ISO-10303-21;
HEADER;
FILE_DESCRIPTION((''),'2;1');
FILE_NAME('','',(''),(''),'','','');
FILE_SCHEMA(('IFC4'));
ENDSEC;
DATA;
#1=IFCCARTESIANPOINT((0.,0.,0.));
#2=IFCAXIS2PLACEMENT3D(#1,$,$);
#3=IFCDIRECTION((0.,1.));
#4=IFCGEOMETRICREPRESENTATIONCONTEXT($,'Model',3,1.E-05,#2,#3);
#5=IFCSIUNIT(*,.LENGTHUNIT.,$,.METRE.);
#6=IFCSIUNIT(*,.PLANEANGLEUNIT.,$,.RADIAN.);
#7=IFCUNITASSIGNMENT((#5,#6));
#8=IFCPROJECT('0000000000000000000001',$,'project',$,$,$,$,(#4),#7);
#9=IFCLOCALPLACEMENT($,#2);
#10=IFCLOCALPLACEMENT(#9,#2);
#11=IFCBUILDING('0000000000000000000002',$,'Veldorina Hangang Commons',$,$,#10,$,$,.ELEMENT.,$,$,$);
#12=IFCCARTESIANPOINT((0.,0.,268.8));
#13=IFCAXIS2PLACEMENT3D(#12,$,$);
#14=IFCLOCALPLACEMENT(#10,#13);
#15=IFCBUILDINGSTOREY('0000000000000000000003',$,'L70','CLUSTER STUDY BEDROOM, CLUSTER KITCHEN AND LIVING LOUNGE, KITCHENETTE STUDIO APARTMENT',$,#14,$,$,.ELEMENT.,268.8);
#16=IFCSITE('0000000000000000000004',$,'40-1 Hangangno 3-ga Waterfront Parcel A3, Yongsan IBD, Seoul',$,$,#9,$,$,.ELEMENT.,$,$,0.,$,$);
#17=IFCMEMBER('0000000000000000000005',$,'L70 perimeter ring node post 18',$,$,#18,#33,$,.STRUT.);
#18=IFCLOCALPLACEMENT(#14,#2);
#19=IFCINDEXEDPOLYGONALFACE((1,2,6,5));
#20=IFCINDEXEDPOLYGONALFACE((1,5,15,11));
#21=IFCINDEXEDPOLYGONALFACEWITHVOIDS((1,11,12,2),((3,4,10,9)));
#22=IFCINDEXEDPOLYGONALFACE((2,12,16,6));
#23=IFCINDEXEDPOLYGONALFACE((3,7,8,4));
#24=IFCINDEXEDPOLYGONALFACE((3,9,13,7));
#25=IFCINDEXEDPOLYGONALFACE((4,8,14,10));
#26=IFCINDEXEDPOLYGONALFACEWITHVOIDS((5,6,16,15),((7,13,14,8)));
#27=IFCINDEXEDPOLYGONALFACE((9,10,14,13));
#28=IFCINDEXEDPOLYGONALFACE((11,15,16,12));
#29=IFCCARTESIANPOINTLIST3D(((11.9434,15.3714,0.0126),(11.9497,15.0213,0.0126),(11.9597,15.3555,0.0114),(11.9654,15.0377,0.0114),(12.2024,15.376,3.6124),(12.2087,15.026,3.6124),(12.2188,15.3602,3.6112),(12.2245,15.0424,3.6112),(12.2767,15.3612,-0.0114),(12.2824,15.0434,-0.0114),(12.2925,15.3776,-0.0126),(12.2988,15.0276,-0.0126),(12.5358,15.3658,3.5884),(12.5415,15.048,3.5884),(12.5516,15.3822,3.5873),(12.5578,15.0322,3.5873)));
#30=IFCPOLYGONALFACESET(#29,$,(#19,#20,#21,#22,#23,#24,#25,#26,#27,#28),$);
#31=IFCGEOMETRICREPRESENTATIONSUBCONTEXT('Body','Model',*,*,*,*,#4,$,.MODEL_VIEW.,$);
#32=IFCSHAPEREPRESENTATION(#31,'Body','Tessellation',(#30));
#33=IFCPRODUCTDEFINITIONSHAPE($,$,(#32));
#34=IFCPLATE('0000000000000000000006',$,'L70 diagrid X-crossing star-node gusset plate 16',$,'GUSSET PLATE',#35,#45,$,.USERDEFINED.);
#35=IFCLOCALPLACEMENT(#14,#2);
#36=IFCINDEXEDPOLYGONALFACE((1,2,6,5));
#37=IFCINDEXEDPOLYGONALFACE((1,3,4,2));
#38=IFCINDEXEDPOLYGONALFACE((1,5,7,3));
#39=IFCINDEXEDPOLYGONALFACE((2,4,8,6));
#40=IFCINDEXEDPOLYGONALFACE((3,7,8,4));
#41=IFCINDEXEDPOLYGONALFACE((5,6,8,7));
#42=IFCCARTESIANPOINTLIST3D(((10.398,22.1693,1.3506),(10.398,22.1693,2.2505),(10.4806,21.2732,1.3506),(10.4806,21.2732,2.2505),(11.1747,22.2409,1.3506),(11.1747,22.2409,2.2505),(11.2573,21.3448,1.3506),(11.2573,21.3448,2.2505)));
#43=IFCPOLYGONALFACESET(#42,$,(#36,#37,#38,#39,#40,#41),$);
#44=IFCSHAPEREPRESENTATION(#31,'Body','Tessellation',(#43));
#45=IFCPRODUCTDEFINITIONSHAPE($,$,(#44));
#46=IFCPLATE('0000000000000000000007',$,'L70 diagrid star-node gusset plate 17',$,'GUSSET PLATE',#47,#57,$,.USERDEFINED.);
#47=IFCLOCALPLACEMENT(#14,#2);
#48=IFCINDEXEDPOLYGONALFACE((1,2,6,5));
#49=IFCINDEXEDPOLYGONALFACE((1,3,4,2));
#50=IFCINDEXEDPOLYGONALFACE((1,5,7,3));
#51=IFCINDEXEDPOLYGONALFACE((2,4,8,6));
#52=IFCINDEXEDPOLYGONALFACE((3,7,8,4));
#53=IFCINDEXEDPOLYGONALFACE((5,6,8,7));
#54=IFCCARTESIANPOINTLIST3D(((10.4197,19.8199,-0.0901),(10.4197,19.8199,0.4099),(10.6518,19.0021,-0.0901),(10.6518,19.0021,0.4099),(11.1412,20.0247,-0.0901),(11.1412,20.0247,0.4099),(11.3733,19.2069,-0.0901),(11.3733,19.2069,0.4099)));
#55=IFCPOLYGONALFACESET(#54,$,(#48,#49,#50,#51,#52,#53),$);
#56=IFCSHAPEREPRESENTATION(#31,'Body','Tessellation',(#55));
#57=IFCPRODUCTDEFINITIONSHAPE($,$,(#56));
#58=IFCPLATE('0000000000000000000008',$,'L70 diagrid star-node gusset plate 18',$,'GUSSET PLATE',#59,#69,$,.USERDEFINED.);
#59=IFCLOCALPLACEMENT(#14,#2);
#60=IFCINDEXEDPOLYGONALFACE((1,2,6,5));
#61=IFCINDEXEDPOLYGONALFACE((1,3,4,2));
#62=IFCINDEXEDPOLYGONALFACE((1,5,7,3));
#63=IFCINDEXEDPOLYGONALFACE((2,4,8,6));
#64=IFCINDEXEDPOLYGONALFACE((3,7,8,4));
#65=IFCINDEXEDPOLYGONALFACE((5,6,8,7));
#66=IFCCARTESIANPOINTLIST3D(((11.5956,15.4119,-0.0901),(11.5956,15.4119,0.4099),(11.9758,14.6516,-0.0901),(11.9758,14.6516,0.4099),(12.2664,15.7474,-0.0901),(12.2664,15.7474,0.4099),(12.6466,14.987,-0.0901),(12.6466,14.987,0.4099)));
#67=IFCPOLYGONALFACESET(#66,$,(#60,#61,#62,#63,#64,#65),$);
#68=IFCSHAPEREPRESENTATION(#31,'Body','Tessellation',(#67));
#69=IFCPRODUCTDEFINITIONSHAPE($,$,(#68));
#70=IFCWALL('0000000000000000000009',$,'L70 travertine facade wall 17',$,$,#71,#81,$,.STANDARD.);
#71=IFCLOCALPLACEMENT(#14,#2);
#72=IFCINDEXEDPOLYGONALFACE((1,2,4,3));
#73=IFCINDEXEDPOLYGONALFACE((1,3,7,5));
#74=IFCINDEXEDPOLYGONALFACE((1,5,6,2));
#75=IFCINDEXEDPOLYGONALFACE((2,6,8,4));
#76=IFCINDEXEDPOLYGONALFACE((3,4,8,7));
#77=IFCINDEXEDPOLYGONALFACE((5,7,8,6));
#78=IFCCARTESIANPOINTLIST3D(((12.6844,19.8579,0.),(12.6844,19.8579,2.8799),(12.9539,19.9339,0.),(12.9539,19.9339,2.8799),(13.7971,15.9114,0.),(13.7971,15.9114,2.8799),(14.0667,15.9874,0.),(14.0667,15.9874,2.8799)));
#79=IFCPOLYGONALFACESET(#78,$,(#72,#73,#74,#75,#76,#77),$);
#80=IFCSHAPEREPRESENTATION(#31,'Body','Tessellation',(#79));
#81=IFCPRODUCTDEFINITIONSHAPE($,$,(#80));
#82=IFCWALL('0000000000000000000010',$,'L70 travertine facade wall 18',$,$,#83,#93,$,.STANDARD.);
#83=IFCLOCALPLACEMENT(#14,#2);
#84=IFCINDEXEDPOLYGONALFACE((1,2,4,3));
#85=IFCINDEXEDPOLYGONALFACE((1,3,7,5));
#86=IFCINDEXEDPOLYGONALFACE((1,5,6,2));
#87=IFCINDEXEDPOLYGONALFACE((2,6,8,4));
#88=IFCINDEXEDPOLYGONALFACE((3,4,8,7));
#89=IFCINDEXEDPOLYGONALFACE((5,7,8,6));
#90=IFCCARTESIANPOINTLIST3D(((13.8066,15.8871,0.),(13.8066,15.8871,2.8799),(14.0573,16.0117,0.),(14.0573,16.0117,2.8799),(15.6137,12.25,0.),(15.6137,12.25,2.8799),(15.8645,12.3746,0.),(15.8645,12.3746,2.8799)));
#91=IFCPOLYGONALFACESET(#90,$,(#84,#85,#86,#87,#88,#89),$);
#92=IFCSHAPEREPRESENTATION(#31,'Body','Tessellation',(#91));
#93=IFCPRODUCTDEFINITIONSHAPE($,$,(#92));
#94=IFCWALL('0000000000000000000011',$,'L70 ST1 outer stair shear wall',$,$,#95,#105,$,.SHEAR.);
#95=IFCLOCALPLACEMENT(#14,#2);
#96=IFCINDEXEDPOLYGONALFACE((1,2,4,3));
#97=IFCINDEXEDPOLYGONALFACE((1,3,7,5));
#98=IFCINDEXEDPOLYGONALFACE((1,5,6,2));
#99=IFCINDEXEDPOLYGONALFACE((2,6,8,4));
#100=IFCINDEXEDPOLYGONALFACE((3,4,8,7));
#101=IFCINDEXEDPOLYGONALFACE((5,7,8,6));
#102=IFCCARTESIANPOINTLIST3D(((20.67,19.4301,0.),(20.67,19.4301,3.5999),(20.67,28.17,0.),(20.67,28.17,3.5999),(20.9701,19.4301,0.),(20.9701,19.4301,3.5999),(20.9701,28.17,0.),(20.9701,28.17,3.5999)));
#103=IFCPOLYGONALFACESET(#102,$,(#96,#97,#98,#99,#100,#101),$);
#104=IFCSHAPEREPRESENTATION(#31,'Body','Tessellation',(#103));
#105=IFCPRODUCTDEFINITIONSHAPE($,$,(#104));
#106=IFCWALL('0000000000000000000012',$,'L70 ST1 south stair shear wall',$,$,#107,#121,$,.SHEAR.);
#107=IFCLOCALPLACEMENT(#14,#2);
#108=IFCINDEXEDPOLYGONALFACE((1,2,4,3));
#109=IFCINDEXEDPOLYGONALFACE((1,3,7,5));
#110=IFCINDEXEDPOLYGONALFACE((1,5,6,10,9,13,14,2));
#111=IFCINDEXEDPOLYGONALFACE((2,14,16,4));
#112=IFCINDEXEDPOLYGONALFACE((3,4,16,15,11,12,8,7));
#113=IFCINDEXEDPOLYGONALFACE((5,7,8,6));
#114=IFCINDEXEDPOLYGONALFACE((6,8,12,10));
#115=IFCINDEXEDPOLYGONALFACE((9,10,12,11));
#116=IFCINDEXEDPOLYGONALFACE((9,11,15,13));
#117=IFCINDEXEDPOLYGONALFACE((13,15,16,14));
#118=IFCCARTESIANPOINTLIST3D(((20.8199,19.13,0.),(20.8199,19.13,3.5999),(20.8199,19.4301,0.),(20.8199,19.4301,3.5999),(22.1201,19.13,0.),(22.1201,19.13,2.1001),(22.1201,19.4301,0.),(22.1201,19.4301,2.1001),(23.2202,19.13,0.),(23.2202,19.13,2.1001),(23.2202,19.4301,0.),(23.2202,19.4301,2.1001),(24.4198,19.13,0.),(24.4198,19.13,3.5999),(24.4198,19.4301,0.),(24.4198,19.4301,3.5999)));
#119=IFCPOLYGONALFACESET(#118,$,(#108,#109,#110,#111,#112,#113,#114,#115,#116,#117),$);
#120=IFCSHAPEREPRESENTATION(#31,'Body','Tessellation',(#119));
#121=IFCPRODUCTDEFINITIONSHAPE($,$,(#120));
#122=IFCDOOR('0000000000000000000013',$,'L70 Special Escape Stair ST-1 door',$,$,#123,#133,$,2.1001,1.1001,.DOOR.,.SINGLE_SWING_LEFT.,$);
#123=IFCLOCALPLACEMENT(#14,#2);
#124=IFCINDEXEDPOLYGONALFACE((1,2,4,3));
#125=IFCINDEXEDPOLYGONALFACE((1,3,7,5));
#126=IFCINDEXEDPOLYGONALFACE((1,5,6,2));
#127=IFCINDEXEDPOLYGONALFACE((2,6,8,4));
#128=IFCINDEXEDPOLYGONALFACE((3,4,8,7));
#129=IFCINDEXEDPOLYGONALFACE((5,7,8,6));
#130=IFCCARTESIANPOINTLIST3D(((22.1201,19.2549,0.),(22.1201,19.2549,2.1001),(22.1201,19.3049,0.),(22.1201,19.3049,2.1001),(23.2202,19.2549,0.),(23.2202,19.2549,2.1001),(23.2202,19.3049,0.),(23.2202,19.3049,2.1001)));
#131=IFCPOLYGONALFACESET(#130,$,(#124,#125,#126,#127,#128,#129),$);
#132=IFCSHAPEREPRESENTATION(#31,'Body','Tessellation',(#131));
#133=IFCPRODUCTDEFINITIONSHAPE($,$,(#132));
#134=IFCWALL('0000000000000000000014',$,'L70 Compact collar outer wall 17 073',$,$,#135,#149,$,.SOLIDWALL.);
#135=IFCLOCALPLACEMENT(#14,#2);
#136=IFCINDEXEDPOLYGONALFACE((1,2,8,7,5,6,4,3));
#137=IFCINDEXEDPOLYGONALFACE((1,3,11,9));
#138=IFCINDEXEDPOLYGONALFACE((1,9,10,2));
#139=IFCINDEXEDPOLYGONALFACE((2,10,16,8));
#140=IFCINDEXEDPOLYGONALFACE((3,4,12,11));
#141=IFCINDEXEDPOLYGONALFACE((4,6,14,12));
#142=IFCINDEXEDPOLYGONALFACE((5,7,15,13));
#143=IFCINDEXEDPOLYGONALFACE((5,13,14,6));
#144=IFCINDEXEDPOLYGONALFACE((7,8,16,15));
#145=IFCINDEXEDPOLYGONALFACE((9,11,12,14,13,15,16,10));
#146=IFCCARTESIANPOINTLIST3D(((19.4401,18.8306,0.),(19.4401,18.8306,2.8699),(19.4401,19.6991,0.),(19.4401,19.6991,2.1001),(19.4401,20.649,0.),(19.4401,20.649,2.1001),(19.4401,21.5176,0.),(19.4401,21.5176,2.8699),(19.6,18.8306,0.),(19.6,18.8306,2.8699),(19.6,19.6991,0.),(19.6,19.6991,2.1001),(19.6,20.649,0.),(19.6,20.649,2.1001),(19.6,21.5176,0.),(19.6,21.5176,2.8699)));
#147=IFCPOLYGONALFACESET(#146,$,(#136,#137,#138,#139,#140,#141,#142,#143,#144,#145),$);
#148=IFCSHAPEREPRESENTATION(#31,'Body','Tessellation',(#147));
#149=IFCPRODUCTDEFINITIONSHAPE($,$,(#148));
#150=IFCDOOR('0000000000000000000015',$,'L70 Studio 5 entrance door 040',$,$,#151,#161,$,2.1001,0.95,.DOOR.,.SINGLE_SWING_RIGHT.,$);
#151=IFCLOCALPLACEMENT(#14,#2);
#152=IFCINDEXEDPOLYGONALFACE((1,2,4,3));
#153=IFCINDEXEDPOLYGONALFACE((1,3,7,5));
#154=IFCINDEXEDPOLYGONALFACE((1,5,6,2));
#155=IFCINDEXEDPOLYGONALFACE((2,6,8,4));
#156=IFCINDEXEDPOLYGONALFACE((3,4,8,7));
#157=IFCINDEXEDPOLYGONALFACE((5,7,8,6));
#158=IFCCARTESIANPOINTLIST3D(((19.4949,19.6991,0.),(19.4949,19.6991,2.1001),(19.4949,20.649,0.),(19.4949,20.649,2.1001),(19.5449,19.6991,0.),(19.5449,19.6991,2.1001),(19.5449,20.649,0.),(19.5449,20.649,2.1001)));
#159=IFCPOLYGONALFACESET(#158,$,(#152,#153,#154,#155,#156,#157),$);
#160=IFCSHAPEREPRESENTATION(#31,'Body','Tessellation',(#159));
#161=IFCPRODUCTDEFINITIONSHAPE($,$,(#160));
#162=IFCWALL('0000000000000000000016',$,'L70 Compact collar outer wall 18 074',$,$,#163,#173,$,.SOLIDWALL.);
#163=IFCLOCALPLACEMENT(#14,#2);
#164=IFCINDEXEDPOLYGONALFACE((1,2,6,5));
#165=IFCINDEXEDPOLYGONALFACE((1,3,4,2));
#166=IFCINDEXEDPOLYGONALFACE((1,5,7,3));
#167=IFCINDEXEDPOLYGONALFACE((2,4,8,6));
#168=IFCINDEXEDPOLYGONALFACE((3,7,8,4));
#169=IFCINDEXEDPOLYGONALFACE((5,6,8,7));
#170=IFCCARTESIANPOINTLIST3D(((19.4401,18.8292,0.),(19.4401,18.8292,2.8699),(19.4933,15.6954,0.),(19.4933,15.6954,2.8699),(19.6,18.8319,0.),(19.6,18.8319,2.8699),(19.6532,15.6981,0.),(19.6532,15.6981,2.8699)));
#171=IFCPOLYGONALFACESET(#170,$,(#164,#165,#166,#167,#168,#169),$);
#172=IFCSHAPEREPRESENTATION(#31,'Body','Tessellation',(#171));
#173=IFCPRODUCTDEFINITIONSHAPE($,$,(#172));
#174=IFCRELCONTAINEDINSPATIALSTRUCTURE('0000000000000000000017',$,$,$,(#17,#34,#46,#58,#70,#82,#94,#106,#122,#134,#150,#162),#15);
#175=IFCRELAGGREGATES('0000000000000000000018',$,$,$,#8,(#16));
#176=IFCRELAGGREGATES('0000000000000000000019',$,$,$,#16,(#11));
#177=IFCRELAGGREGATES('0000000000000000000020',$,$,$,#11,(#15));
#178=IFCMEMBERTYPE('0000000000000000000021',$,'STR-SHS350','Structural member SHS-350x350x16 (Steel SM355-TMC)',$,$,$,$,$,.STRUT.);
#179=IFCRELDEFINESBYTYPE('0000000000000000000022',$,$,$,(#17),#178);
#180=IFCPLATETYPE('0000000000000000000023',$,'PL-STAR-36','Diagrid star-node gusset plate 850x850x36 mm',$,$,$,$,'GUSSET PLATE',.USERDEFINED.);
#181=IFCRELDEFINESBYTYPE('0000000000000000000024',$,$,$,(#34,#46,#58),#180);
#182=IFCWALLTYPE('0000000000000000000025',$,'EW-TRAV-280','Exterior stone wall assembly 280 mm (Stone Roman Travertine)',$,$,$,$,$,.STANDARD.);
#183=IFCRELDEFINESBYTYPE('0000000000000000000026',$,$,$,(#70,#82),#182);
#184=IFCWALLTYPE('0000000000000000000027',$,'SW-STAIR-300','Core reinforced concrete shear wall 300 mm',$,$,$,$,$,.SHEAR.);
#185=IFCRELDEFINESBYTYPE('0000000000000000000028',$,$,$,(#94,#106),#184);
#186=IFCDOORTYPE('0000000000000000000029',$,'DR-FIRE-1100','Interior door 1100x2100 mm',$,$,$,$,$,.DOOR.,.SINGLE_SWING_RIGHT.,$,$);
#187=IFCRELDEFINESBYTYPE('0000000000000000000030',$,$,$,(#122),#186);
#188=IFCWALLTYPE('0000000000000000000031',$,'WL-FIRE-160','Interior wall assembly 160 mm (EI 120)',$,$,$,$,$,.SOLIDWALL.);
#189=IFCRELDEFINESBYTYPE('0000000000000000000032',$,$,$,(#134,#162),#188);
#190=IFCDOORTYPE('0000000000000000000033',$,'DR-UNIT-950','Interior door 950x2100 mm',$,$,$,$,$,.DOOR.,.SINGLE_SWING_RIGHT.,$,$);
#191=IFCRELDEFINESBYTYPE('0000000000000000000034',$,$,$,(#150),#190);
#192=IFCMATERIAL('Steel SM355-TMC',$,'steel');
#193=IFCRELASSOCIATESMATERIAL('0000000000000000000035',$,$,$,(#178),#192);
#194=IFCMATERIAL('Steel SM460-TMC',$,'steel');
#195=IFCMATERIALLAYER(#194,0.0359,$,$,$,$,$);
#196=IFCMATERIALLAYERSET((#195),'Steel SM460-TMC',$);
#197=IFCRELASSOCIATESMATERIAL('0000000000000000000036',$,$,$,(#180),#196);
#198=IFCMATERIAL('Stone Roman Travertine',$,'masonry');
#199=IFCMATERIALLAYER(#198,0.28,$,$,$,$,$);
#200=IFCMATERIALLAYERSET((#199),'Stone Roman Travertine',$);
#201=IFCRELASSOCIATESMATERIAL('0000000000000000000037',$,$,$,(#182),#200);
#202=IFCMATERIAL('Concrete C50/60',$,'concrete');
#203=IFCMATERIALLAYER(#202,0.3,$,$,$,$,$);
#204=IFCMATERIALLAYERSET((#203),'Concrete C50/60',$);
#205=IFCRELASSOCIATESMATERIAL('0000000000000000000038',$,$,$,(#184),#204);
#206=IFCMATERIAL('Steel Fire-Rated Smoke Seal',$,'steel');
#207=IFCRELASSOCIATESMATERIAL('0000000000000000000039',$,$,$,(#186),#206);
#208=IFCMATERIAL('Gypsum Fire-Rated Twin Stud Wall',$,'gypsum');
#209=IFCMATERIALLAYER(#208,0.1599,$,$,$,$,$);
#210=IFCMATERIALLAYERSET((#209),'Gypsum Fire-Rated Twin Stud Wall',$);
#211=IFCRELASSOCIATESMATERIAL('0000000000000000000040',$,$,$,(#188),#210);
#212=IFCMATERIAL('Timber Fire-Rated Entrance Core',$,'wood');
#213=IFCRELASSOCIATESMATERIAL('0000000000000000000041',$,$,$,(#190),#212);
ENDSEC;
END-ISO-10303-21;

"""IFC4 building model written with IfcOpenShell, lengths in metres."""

from ifc_helpers import new_model, si_unit, direction, frame, frame_2d, origin, origin_2d, place, context, subcontext, project, spatial, rectangle, hollow_rectangle, extrude, material, layer, layer_set, material_profile, profile_set, type_object, element, fill, save


model = new_model("IFC4")

# Units and contexts
model_context = context("Model", 3, precision=1e-05, world=origin(), true_north=direction((0.0, 1.0)))
body_context = subcontext(model_context, "Body", "Model", "MODEL_VIEW")
ifc_project = project(units=[si_unit("LENGTHUNIT", "METRE"), si_unit("PLANEANGLEUNIT", "RADIAN")], contexts=[model_context])

# Site, building, storey
site_placement = place(None, origin())
site = spatial("IfcSite", under=ifc_project, at=site_placement, Name="40-1 Hangangno 3-ga Waterfront Parcel A3, Yongsan IBD, Seoul", CompositionType="ELEMENT", RefElevation=0.0)
building_placement = place(site_placement, origin())
building = spatial("IfcBuilding", under=site, at=building_placement, Name="Veldorina Hangang Commons", CompositionType="ELEMENT")
storey_placement = place(building_placement, frame((0.0, 0.0, 268.8)))
storey = spatial("IfcBuildingStorey", under=building, at=storey_placement, Name="L70", Description="CLUSTER STUDY BEDROOM, CLUSTER KITCHEN AND LIVING LOUNGE, KITCHENETTE STUDIO APARTMENT", CompositionType="ELEMENT", Elevation=268.8)

# Shared definitions
ifc_material_1 = material(Name="Steel SM355-TMC", Category="steel")

# Member
ifc_material_profile_1 = material_profile(ifc_material_1, hollow_rectangle(XDim=0.3501, YDim=0.3501, WallThickness=0.0161, at=origin_2d()), Name="SHS-350x350x16")
ifc_profile_set_1 = profile_set([ifc_material_profile_1], Name="Steel SM355-TMC")
member_type_1 = type_object("IfcMemberType", Name="STR-SHS350", Description="Structural member SHS-350x350x16 (Steel SM355-TMC)", PredefinedType="STRUT", material=ifc_profile_set_1)
member_1_placement = place(storey_placement, frame((12.1211, 15.1995, 0.0), z_axis=(0.071771, 0.001285, 0.99742), x_axis=(-0.017905, 0.99984, 0.0)))
element("IfcMember", 1, at=member_1_placement, inside=storey, type_object=member_type_1, Name="L70 perimeter ring node post 18", PredefinedType="STRUT", context=body_context, shape_type="SweptSolid", body=[
    extrude(hollow_rectangle(XDim=0.3501, YDim=0.3501, WallThickness=0.0161, at=origin_2d()), origin(), (0.0, 0.0, 1.0), 3.6091),
])

# Plates
ifc_material_2 = material(Name="Steel SM460-TMC", Category="steel")
ifc_layer_1 = layer(ifc_material_2, 0.0359)
ifc_layer_set_1 = layer_set([ifc_layer_1], Name="Steel SM460-TMC")
plate_type = type_object("IfcPlateType", Name="PL-STAR-36", Description="Diagrid star-node gusset plate 850x850x36 mm", ElementType="GUSSET PLATE", PredefinedType="USERDEFINED", material=ifc_layer_set_1)
plate_placement = place(storey_placement, frame((10.8276, 21.7571, 1.3506), z_axis=(0.0, 0.0, 1.0), x_axis=(0.091762, -0.995781, 0.0)))
element("IfcPlate", 2, at=plate_placement, inside=storey, type_object=plate_type, Name="L70 diagrid X-crossing star-node gusset plate 16", ObjectType="GUSSET PLATE", PredefinedType="USERDEFINED", context=body_context, shape_type="SweptSolid", body=[
    extrude(rectangle(XDim=0.8999, YDim=0.78, at=origin_2d()), origin(), (0.0, 0.0, 1.0), 0.8999),
])
for number, where, z_axis, x_axis, name in (
    (3, (10.8965, 19.5134, -0.0901), (0.0, 0.0, 1.0), (0.273053, -0.961999, 0.0), "L70 diagrid star-node gusset plate 17"),
    (4, (12.1211, 15.1995, -0.0901), (0.0, 0.0, 1.0), (0.447291, -0.894389, 0.0), "L70 diagrid star-node gusset plate 18"),
):
    element("IfcPlate", number, at=place(storey_placement, frame(where, z_axis=z_axis, x_axis=x_axis)), inside=storey, type_object=plate_type, Name=name, ObjectType="GUSSET PLATE", PredefinedType="USERDEFINED", context=body_context, shape_type="SweptSolid", body=[
        extrude(rectangle(XDim=0.8501, YDim=0.75, at=origin_2d()), origin(), (0.0, 0.0, 1.0), 0.5),
    ])

# Walls
ifc_material_3 = material(Name="Stone Roman Travertine", Category="masonry")
ifc_layer_2 = layer(ifc_material_3, 0.28)
ifc_layer_set_2 = layer_set([ifc_layer_2], Name="Stone Roman Travertine")
wall_type_1 = type_object("IfcWallType", Name="EW-TRAV-280", Description="Exterior stone wall assembly 280 mm (Stone Roman Travertine)", PredefinedType="STANDARD", material=ifc_layer_set_2)
wall_1_placement = place(storey_placement, frame((12.8191, 19.896, 0.0), z_axis=(0.0, 0.0, 1.0), x_axis=(0.271385, -0.962471, 0.0)))
element("IfcWall", 5, at=wall_1_placement, inside=storey, type_object=wall_type_1, Name="L70 travertine facade wall 17", PredefinedType="STANDARD", context=body_context, shape_type="SweptSolid", body=[
    extrude(rectangle(XDim=4.1003, YDim=0.28, at=frame_2d((2.0503, 0.0))), origin(), (0.0, 0.0, 1.0), 2.8799),
])
wall_2_placement = place(storey_placement, frame((13.9319, 15.9495, 0.0), z_axis=(0.0, 0.0, 1.0), x_axis=(0.444976, -0.895543, 0.0)))
element("IfcWall", 6, at=wall_2_placement, inside=storey, type_object=wall_type_1, Name="L70 travertine facade wall 18", PredefinedType="STANDARD", context=body_context, shape_type="SweptSolid", body=[
    extrude(rectangle(XDim=4.0613, YDim=0.28, at=frame_2d((2.0308, 0.0))), origin(), (0.0, 0.0, 1.0), 2.8799),
])
ifc_material_4 = material(Name="Concrete C50/60", Category="concrete")
ifc_layer_3 = layer(ifc_material_4, 0.3)
ifc_layer_set_3 = layer_set([ifc_layer_3], Name="Concrete C50/60")
wall_type_2 = type_object("IfcWallType", Name="SW-STAIR-300", Description="Core reinforced concrete shear wall 300 mm", PredefinedType="SHEAR", material=ifc_layer_set_3)
wall_3_placement = place(storey_placement, frame((20.8201, 19.4299, 0.0), z_axis=(0.0, 0.0, 1.0), x_axis=(0.0, 1.0, 0.0)))
element("IfcWall", 7, at=wall_3_placement, inside=storey, type_object=wall_type_2, Name="L70 ST1 outer stair shear wall", PredefinedType="SHEAR", context=body_context, shape_type="SweptSolid", body=[
    extrude(rectangle(XDim=8.74, YDim=0.3, at=frame_2d((4.3701, 0.0))), origin(), (0.0, 0.0, 1.0), 3.5999),
])

# Walls, openings, doors
wall_4_placement = place(storey_placement, frame((20.8201, 19.28, 0.0), z_axis=(0.0, 0.0, 1.0), x_axis=(1.0, 0.0, 0.0)))
wall_4 = element("IfcWall", 8, at=wall_4_placement, inside=storey, type_object=wall_type_2, Name="L70 ST1 south stair shear wall", PredefinedType="SHEAR", context=body_context, shape_type="SweptSolid", body=[
    extrude(rectangle(XDim=3.5999, YDim=0.3, at=frame_2d((1.7998, 0.0))), origin(), (0.0, 0.0, 1.0), 3.5999),
])
opening_1_placement = place(wall_4_placement, frame((1.3, 0.0, 0.0)))
opening_1 = element("IfcOpeningElement", 9, at=opening_1_placement, cuts=wall_4, PredefinedType="OPENING", context=body_context, shape_type="SweptSolid", body=[
    extrude(rectangle(XDim=1.1001, YDim=2.1001, at=frame_2d((0.55, 1.05))), frame((0.0, 0.1602, 0.0), z_axis=(0.0, -1.0, 0.0), x_axis=(1.0, 0.0, 0.0)), (0.0, 0.0, 1.0), 0.3201),
])
ifc_material_5 = material(Name="Steel Fire-Rated Smoke Seal", Category="steel")
door_type_1 = type_object("IfcDoorType", Name="DR-FIRE-1100", Description="Interior door 1100x2100 mm", OperationType="SINGLE_SWING_RIGHT", PredefinedType="DOOR", material=ifc_material_5)
door_1_placement = place(opening_1_placement, origin())
door_1 = element("IfcDoor", 10, at=door_1_placement, inside=storey, type_object=door_type_1, Name="L70 Special Escape Stair ST-1 door", OperationType="SINGLE_SWING_LEFT", OverallHeight=2.1001, OverallWidth=1.1001, PredefinedType="DOOR", context=body_context, shape_type="SweptSolid", body=[
    extrude(rectangle(XDim=1.1001, YDim=2.1001, at=frame_2d((0.55, 1.05))), frame((0.0, 0.0249, 0.0), z_axis=(0.0, -1.0, 0.0), x_axis=(1.0, 0.0, 0.0)), (0.0, 0.0, 1.0), 0.05),
])
fill(opening_1, door_1)
ifc_material_6 = material(Name="Gypsum Fire-Rated Twin Stud Wall", Category="gypsum")
ifc_layer_4 = layer(ifc_material_6, 0.1599)
ifc_layer_set_4 = layer_set([ifc_layer_4], Name="Gypsum Fire-Rated Twin Stud Wall")
wall_type_3 = type_object("IfcWallType", Name="WL-FIRE-160", Description="Interior wall assembly 160 mm (EI 120)", PredefinedType="SOLIDWALL", material=ifc_layer_set_4)
wall_5_placement = place(storey_placement, frame((19.52, 21.5176, 0.0), z_axis=(0.0, 0.0, 1.0), x_axis=(0.0, -1.0, 0.0)))
wall_5 = element("IfcWall", 11, at=wall_5_placement, inside=storey, type_object=wall_type_3, Name="L70 Compact collar outer wall 17 073", PredefinedType="SOLIDWALL", context=body_context, shape_type="SweptSolid", body=[
    extrude(rectangle(XDim=2.687, YDim=0.1599, at=frame_2d((1.3435, 0.0))), origin(), (0.0, 0.0, 1.0), 2.8699),
])
opening_2_placement = place(wall_5_placement, frame((0.8684, 0.0, 0.0)))
opening_2 = element("IfcOpeningElement", 12, at=opening_2_placement, cuts=wall_5, PredefinedType="OPENING", context=body_context, shape_type="SweptSolid", body=[
    extrude(rectangle(XDim=0.95, YDim=2.1001, at=frame_2d((0.4751, 1.05))), frame((0.0, 0.0898, 0.0), z_axis=(0.0, -1.0, 0.0), x_axis=(1.0, 0.0, 0.0)), (0.0, 0.0, 1.0), 0.1799),
])
ifc_material_7 = material(Name="Timber Fire-Rated Entrance Core", Category="wood")
door_type_2 = type_object("IfcDoorType", Name="DR-UNIT-950", Description="Interior door 950x2100 mm", OperationType="SINGLE_SWING_RIGHT", PredefinedType="DOOR", material=ifc_material_7)
door_2_placement = place(opening_2_placement, origin())
door_2 = element("IfcDoor", 13, at=door_2_placement, inside=storey, type_object=door_type_2, Name="L70 Studio 5 entrance door 040", OperationType="SINGLE_SWING_RIGHT", OverallHeight=2.1001, OverallWidth=0.95, PredefinedType="DOOR", context=body_context, shape_type="SweptSolid", body=[
    extrude(rectangle(XDim=0.95, YDim=2.1001, at=frame_2d((0.4751, 1.05))), frame((0.0, 0.0249, 0.0), z_axis=(0.0, -1.0, 0.0), x_axis=(1.0, 0.0, 0.0)), (0.0, 0.0, 1.0), 0.05),
])
fill(opening_2, door_2)

# Wall
wall_6_placement = place(storey_placement, frame((19.52, 18.8306, 0.0), z_axis=(0.0, 0.0, 1.0), x_axis=(0.016981, -0.999856, 0.0)))
element("IfcWall", 14, at=wall_6_placement, inside=storey, type_object=wall_type_3, Name="L70 Compact collar outer wall 18 074", PredefinedType="SOLIDWALL", context=body_context, shape_type="SweptSolid", body=[
    extrude(rectangle(XDim=3.1343, YDim=0.1599, at=frame_2d((1.5671, 0.0))), origin(), (0.0, 0.0, 1.0), 2.8699),
])

save(model, "model.ifc")
